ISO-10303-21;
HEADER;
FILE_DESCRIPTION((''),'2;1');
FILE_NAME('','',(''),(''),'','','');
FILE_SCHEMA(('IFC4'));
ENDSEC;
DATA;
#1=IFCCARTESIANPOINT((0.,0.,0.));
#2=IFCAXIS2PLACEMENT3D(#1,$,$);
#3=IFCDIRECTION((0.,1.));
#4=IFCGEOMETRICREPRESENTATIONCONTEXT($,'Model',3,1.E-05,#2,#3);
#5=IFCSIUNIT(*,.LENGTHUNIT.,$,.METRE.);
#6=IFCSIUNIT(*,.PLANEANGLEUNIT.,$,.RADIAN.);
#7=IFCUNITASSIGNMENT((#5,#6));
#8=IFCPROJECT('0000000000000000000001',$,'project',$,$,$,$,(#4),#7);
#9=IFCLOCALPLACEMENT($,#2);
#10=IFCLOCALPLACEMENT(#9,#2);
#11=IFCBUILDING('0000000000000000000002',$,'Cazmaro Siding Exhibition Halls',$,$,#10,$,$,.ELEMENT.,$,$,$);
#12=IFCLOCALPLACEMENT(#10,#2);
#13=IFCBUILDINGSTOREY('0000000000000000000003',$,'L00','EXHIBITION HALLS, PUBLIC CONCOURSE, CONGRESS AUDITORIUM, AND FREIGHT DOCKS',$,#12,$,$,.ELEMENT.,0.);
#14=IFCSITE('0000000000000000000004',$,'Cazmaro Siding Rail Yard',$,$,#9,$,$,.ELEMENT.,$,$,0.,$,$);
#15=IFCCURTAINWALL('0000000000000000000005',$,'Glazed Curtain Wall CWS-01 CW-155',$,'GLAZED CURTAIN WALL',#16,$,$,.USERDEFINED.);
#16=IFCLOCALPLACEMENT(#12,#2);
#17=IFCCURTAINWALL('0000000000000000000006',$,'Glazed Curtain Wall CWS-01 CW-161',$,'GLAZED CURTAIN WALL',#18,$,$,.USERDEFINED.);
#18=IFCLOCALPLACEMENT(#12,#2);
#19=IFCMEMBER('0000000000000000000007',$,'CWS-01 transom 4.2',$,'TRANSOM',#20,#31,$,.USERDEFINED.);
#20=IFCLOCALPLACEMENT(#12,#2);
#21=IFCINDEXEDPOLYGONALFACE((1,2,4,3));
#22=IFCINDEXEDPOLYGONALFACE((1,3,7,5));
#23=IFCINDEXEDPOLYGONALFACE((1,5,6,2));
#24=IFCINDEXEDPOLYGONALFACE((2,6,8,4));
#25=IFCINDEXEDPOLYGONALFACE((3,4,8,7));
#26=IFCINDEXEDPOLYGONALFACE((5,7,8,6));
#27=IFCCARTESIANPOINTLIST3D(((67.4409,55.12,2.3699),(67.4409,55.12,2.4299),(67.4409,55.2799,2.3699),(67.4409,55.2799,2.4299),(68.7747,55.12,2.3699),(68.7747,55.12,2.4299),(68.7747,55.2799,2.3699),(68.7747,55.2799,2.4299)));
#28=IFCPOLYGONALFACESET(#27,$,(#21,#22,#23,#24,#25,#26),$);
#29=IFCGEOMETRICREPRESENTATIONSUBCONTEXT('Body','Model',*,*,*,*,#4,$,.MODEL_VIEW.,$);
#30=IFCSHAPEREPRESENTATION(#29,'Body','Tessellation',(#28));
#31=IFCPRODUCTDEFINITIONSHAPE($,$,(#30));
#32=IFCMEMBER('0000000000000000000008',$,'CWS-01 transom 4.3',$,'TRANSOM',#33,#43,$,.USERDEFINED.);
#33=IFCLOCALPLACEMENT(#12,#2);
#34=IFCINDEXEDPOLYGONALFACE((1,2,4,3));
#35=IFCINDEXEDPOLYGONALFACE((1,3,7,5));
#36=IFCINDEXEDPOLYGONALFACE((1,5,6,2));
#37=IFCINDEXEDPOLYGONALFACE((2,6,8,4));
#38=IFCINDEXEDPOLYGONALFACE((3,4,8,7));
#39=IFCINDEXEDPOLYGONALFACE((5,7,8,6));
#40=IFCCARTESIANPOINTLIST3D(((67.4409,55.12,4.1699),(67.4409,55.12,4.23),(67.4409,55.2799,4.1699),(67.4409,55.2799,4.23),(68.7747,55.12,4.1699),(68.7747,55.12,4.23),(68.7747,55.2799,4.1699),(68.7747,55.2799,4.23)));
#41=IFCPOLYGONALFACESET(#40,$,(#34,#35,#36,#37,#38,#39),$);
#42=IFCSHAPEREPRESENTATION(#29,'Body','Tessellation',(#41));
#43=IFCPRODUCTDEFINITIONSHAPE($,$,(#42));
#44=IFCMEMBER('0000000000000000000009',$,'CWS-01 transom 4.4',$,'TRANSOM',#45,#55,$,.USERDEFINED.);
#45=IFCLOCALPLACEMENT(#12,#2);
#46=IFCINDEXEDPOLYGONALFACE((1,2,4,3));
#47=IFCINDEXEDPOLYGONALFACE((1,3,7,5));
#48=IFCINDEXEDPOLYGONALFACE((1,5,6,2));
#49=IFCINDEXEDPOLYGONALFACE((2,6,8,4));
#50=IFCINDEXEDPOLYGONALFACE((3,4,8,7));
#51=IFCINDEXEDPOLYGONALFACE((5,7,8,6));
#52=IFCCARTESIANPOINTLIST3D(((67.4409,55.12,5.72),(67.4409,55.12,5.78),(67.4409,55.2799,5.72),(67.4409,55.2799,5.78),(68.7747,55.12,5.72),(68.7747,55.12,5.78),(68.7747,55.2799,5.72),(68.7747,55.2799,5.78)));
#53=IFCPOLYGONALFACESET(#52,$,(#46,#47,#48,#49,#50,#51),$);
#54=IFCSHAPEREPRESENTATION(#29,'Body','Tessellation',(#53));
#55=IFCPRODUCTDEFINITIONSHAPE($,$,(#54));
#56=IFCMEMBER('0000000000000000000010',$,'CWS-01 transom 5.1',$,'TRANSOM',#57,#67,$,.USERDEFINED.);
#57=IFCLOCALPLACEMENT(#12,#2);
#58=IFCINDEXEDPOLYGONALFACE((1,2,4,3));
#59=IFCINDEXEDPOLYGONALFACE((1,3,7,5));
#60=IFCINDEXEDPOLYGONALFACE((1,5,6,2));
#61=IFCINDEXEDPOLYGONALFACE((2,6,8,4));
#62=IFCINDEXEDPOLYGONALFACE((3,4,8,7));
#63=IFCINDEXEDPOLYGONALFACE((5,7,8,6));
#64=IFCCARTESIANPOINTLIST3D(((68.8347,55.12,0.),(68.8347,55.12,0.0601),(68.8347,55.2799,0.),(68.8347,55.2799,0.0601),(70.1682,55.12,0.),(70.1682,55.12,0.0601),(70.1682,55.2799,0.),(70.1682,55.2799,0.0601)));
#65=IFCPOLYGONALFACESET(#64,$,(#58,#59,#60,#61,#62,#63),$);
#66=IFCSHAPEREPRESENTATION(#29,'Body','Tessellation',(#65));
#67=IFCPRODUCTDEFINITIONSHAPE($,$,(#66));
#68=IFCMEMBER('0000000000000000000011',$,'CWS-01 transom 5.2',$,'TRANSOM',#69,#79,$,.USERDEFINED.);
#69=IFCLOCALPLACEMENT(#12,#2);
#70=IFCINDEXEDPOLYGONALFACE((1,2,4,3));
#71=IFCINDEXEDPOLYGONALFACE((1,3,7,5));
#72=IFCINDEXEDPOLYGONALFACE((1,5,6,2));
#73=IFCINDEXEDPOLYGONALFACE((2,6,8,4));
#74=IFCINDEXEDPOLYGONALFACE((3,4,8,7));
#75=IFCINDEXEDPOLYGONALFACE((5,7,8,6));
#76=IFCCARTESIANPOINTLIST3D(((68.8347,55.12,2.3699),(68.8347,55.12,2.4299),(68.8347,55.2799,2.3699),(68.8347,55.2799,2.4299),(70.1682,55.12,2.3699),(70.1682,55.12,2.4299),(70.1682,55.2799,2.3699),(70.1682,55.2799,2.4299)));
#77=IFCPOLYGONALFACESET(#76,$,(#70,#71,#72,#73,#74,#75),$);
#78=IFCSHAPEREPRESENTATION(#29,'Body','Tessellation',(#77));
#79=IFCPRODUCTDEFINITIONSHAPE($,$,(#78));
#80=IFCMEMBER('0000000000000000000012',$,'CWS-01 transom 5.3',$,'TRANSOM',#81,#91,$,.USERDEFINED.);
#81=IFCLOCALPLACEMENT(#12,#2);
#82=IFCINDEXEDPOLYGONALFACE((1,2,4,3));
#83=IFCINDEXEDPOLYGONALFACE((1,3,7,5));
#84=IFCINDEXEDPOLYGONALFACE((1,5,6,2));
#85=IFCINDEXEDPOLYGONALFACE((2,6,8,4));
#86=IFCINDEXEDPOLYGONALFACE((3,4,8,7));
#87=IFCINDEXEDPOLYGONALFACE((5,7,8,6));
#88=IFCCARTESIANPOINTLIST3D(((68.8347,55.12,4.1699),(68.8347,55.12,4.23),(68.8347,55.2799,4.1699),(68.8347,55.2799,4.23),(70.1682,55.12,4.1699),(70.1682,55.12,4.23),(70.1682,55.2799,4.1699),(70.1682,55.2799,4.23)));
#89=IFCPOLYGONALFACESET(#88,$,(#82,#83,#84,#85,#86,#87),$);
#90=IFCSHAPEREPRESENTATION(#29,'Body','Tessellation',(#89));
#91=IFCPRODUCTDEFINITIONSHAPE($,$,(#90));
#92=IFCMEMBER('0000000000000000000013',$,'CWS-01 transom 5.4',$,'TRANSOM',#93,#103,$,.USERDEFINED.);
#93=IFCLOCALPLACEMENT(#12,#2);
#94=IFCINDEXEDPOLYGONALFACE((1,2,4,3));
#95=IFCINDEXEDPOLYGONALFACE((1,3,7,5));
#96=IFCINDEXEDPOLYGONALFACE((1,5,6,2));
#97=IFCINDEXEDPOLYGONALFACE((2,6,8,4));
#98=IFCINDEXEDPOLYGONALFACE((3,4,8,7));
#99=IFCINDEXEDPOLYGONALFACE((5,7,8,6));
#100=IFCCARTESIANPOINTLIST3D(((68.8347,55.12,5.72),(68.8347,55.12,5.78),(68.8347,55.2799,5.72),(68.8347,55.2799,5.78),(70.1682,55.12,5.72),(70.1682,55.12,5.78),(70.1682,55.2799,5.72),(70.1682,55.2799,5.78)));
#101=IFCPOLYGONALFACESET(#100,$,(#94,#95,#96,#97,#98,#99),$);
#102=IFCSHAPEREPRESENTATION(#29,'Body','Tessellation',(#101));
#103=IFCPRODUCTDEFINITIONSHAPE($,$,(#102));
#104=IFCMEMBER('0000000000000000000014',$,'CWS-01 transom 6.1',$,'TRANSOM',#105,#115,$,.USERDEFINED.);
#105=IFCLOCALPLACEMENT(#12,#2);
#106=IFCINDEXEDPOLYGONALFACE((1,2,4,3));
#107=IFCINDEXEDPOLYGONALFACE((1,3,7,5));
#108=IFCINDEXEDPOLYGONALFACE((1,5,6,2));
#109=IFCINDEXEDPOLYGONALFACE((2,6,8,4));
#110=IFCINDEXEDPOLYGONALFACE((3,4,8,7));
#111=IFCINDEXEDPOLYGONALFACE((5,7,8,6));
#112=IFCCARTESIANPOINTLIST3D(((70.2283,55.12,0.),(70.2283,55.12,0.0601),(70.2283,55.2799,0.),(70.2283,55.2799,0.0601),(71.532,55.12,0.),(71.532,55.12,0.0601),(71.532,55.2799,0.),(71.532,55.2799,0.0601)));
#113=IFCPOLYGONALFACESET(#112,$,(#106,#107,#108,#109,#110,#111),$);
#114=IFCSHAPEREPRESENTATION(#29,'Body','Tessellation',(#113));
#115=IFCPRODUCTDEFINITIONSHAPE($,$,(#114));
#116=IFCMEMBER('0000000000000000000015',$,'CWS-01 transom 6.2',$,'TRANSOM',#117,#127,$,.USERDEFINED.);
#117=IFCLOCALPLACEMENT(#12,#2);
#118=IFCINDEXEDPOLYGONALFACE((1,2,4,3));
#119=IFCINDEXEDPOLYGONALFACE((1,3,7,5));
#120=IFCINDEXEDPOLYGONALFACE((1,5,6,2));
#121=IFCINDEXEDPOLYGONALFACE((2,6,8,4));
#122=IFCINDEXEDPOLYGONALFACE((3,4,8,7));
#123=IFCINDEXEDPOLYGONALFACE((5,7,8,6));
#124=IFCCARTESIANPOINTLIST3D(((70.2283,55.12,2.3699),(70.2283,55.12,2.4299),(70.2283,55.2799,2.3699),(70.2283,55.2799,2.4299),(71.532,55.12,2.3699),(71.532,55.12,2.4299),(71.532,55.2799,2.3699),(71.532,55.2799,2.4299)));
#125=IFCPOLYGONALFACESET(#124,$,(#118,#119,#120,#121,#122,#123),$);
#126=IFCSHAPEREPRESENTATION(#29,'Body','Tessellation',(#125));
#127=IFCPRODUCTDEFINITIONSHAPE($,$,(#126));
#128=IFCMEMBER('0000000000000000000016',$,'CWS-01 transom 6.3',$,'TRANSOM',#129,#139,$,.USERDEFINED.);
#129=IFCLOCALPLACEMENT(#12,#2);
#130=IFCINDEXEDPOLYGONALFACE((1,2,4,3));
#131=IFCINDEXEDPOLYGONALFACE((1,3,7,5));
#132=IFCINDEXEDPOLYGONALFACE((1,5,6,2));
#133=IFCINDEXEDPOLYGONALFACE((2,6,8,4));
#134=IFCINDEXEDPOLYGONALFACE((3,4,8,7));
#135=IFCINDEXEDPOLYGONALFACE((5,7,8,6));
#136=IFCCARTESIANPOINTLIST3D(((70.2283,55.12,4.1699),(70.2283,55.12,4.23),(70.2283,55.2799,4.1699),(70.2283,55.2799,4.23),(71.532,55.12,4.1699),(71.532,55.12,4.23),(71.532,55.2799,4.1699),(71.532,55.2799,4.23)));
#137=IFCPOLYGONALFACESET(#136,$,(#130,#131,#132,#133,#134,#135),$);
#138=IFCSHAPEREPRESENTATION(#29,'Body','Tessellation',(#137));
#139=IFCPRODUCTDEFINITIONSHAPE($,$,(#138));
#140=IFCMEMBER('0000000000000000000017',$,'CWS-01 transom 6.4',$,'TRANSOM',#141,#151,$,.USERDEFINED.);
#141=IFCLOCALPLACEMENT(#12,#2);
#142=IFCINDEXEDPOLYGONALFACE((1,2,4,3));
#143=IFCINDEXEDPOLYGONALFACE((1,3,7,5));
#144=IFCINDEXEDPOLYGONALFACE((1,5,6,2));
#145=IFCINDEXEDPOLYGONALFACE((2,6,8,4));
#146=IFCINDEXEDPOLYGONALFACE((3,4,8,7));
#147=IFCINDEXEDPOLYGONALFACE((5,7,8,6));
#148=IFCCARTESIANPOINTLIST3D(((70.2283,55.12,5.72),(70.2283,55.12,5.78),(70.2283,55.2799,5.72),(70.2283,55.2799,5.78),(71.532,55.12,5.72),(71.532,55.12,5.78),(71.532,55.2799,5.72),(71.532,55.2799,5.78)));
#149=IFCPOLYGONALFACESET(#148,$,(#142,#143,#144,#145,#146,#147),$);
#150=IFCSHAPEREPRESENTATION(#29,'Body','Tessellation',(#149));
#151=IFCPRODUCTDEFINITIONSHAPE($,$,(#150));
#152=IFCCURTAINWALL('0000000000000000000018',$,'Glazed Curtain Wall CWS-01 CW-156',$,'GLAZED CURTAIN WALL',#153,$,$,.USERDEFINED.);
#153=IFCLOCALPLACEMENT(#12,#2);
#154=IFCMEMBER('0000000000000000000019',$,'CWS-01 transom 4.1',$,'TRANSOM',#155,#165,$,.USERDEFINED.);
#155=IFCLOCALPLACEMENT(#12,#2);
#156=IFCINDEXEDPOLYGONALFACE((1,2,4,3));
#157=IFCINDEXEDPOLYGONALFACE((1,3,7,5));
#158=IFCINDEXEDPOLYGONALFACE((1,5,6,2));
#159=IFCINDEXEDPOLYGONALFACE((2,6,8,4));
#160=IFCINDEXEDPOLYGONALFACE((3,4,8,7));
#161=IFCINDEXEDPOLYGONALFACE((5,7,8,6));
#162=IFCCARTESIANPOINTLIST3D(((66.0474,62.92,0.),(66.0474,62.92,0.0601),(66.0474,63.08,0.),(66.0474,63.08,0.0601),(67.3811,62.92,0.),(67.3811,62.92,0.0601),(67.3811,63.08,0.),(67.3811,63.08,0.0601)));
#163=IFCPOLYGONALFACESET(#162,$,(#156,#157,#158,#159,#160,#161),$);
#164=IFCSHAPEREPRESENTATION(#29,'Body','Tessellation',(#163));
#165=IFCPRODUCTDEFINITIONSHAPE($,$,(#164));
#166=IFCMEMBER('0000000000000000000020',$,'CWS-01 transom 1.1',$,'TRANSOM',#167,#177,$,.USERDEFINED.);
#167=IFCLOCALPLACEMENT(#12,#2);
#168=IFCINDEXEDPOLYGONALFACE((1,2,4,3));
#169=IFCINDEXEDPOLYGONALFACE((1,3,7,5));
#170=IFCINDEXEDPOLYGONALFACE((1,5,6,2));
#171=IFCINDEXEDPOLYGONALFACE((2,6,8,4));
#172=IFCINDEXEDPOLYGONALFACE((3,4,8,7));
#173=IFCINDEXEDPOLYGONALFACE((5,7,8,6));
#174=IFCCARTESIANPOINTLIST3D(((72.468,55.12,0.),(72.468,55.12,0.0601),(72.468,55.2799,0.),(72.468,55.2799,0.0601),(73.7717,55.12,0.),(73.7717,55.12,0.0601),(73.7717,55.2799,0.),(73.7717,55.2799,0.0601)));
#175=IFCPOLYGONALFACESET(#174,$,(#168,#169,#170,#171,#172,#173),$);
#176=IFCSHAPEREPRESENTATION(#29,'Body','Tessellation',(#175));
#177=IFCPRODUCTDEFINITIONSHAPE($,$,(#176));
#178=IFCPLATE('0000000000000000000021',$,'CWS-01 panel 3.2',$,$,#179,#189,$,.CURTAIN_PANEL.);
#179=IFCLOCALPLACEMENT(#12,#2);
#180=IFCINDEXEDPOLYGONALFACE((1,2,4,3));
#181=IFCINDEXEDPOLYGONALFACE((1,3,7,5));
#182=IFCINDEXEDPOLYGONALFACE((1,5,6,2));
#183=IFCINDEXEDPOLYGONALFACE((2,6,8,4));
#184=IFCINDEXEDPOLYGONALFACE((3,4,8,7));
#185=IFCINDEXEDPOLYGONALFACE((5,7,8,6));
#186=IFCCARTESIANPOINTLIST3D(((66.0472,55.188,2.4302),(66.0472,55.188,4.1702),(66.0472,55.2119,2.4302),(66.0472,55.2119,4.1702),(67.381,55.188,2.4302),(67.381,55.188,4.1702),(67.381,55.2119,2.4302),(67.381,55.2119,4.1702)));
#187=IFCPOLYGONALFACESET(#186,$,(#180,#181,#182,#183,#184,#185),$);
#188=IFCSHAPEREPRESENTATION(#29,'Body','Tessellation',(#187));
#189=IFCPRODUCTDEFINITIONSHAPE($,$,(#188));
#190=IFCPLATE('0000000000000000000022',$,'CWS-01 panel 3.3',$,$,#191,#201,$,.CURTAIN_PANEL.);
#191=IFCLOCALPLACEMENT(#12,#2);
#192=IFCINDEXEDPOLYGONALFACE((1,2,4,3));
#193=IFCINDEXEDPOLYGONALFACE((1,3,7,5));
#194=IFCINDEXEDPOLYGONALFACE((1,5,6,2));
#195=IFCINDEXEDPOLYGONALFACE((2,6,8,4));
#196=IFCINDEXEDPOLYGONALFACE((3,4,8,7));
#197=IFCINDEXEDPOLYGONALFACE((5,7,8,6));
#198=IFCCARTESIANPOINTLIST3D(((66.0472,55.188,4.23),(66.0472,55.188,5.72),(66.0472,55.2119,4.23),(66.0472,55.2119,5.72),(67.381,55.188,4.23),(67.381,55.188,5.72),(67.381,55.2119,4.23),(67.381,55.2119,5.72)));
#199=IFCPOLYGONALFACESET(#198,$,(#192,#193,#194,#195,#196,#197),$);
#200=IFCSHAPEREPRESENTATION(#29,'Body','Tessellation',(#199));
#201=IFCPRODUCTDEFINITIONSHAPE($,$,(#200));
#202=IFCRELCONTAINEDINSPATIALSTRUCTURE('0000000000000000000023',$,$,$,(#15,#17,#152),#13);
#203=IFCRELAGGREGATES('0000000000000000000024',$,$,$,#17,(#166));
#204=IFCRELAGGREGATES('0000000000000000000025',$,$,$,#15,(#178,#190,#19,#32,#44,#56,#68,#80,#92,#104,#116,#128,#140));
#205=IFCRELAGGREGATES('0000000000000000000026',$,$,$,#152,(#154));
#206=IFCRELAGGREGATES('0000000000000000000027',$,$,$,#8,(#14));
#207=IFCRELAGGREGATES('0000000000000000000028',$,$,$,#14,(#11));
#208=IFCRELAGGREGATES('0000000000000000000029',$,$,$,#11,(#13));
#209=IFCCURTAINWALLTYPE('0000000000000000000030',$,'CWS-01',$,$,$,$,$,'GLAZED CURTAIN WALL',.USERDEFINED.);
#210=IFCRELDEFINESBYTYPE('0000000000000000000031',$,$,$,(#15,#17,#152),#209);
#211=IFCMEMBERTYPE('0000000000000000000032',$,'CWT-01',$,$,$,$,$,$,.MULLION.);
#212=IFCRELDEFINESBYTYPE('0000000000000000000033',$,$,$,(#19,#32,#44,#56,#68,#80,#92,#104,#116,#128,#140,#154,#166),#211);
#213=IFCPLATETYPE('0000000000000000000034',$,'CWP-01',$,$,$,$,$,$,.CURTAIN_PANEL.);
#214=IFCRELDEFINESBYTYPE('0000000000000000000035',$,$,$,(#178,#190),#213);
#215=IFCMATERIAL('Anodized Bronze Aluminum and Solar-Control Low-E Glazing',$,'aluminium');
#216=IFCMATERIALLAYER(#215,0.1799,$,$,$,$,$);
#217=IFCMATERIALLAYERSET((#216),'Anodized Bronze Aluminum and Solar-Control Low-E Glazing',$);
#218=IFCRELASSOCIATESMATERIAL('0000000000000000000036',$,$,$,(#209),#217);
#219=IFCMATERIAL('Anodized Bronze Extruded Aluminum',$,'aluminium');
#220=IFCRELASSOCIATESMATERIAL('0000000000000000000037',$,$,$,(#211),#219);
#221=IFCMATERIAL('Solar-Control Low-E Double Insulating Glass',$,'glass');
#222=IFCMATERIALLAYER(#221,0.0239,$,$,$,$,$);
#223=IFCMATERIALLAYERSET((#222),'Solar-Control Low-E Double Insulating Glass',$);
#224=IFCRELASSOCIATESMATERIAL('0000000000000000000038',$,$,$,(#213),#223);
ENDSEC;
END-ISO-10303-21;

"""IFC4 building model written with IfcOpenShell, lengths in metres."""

from ifc_helpers import new_model, si_unit, direction, frame, origin, origin_2d, place, context, subcontext, project, spatial, rectangle, extrude, material, layer, layer_set, material_profile, profile_set, type_object, element, aggregate, save


model = new_model("IFC4")

# Units and contexts
model_context = context("Model", 3, precision=1e-05, world=origin(), true_north=direction((0.0, 1.0)))
body_context = subcontext(model_context, "Body", "Model", "MODEL_VIEW")
ifc_project = project(units=[si_unit("LENGTHUNIT", "METRE"), si_unit("PLANEANGLEUNIT", "RADIAN")], contexts=[model_context])

# Site, building, storey
site_placement = place(None, origin())
site = spatial("IfcSite", under=ifc_project, at=site_placement, Name="Cazmaro Siding Rail Yard", CompositionType="ELEMENT", RefElevation=0.0)
building_placement = place(site_placement, origin())
building = spatial("IfcBuilding", under=site, at=building_placement, Name="Cazmaro Siding Exhibition Halls", CompositionType="ELEMENT")
storey_placement = place(building_placement, origin())
storey = spatial("IfcBuildingStorey", under=building, at=storey_placement, Name="L00", Description="EXHIBITION HALLS, PUBLIC CONCOURSE, CONGRESS AUDITORIUM, AND FREIGHT DOCKS", CompositionType="ELEMENT", Elevation=0.0)

# Curtain wall
ifc_material_1 = material(Name="Anodized Bronze Aluminum and Solar-Control Low-E Glazing", Category="aluminium")
ifc_layer_1 = layer(ifc_material_1, 0.1799)
ifc_layer_set_1 = layer_set([ifc_layer_1], Name="Anodized Bronze Aluminum and Solar-Control Low-E Glazing")
curtain_wall_type = type_object("IfcCurtainWallType", Name="CWS-01", ElementType="GLAZED CURTAIN WALL", PredefinedType="USERDEFINED", material=ifc_layer_set_1)
curtain_wall_1_placement = place(storey_placement, origin())
curtain_wall_1 = element("IfcCurtainWall", 1, at=curtain_wall_1_placement, inside=storey, type_object=curtain_wall_type, Name="Glazed Curtain Wall CWS-01 CW-155", ObjectType="GLAZED CURTAIN WALL", PredefinedType="USERDEFINED")

# Curtain wall
curtain_wall_2_placement = place(storey_placement, origin())
curtain_wall_2 = element("IfcCurtainWall", 2, at=curtain_wall_2_placement, inside=storey, type_object=curtain_wall_type, Name="Glazed Curtain Wall CWS-01 CW-161", ObjectType="GLAZED CURTAIN WALL", PredefinedType="USERDEFINED")

# Members
ifc_material_2 = material(Name="Anodized Bronze Extruded Aluminum", Category="aluminium")
ifc_material_profile_1 = material_profile(ifc_material_2, rectangle(XDim=0.1599, YDim=0.0601, at=origin_2d()), Name="CWT-01")
ifc_profile_set_1 = profile_set([ifc_material_profile_1], Name="Anodized Bronze Extruded Aluminum")
member_type_1 = type_object("IfcMemberType", Name="CWT-01", PredefinedType="MULLION", material=ifc_profile_set_1)
member_1_placement = place(storey_placement, frame((67.4409, 55.2, 2.3999), z_axis=(1.0, 0.0, 0.0), x_axis=(0.0, 1.0, 0.0)))
member_1 = element("IfcMember", 3, at=member_1_placement, type_object=member_type_1, Name="CWS-01 transom 4.2", ObjectType="TRANSOM", PredefinedType="USERDEFINED", context=body_context, shape_type="SweptSolid", body=[
    extrude(rectangle(XDim=0.1599, YDim=0.0601, at=origin_2d()), origin(), (0.0, 0.0, 1.0), 1.3337),
])
member_2_placement = place(storey_placement, frame((67.4409, 55.2, 4.2), z_axis=(1.0, 0.0, 0.0), x_axis=(0.0, 1.0, 0.0)))
member_2 = element("IfcMember", 4, at=member_2_placement, type_object=member_type_1, Name="CWS-01 transom 4.3", ObjectType="TRANSOM", PredefinedType="USERDEFINED", context=body_context, shape_type="SweptSolid", body=[
    extrude(rectangle(XDim=0.1599, YDim=0.0601, at=origin_2d()), origin(), (0.0, 0.0, 1.0), 1.3337),
])
member_3_placement = place(storey_placement, frame((67.4409, 55.2, 5.75), z_axis=(1.0, 0.0, 0.0), x_axis=(0.0, 1.0, 0.0)))
member_3 = element("IfcMember", 5, at=member_3_placement, type_object=member_type_1, Name="CWS-01 transom 4.4", ObjectType="TRANSOM", PredefinedType="USERDEFINED", context=body_context, shape_type="SweptSolid", body=[
    extrude(rectangle(XDim=0.1599, YDim=0.0601, at=origin_2d()), origin(), (0.0, 0.0, 1.0), 1.3337),
])
member_4_placement = place(storey_placement, frame((68.8347, 55.2, 0.03), z_axis=(1.0, 0.0, 0.0), x_axis=(0.0, 1.0, 0.0)))
member_4 = element("IfcMember", 6, at=member_4_placement, type_object=member_type_1, Name="CWS-01 transom 5.1", ObjectType="TRANSOM", PredefinedType="USERDEFINED", context=body_context, shape_type="SweptSolid", body=[
    extrude(rectangle(XDim=0.1599, YDim=0.0601, at=origin_2d()), origin(), (0.0, 0.0, 1.0), 1.3335),
])
member_5_placement = place(storey_placement, frame((68.8347, 55.2, 2.3999), z_axis=(1.0, 0.0, 0.0), x_axis=(0.0, 1.0, 0.0)))
member_5 = element("IfcMember", 7, at=member_5_placement, type_object=member_type_1, Name="CWS-01 transom 5.2", ObjectType="TRANSOM", PredefinedType="USERDEFINED", context=body_context, shape_type="SweptSolid", body=[
    extrude(rectangle(XDim=0.1599, YDim=0.0601, at=origin_2d()), origin(), (0.0, 0.0, 1.0), 1.3335),
])
member_6_placement = place(storey_placement, frame((68.8347, 55.2, 4.2), z_axis=(1.0, 0.0, 0.0), x_axis=(0.0, 1.0, 0.0)))
member_6 = element("IfcMember", 8, at=member_6_placement, type_object=member_type_1, Name="CWS-01 transom 5.3", ObjectType="TRANSOM", PredefinedType="USERDEFINED", context=body_context, shape_type="SweptSolid", body=[
    extrude(rectangle(XDim=0.1599, YDim=0.0601, at=origin_2d()), origin(), (0.0, 0.0, 1.0), 1.3335),
])
member_7_placement = place(storey_placement, frame((68.8347, 55.2, 5.75), z_axis=(1.0, 0.0, 0.0), x_axis=(0.0, 1.0, 0.0)))
member_7 = element("IfcMember", 9, at=member_7_placement, type_object=member_type_1, Name="CWS-01 transom 5.4", ObjectType="TRANSOM", PredefinedType="USERDEFINED", context=body_context, shape_type="SweptSolid", body=[
    extrude(rectangle(XDim=0.1599, YDim=0.0601, at=origin_2d()), origin(), (0.0, 0.0, 1.0), 1.3335),
])
member_8_placement = place(storey_placement, frame((70.2283, 55.2, 0.03), z_axis=(1.0, 0.0, 0.0), x_axis=(0.0, 1.0, 0.0)))
member_8 = element("IfcMember", 10, at=member_8_placement, type_object=member_type_1, Name="CWS-01 transom 6.1", ObjectType="TRANSOM", PredefinedType="USERDEFINED", context=body_context, shape_type="SweptSolid", body=[
    extrude(rectangle(XDim=0.1599, YDim=0.0601, at=origin_2d()), origin(), (0.0, 0.0, 1.0), 1.3037),
])
member_9_placement = place(storey_placement, frame((70.2283, 55.2, 2.3999), z_axis=(1.0, 0.0, 0.0), x_axis=(0.0, 1.0, 0.0)))
member_9 = element("IfcMember", 11, at=member_9_placement, type_object=member_type_1, Name="CWS-01 transom 6.2", ObjectType="TRANSOM", PredefinedType="USERDEFINED", context=body_context, shape_type="SweptSolid", body=[
    extrude(rectangle(XDim=0.1599, YDim=0.0601, at=origin_2d()), origin(), (0.0, 0.0, 1.0), 1.3037),
])
member_10_placement = place(storey_placement, frame((70.2283, 55.2, 4.2), z_axis=(1.0, 0.0, 0.0), x_axis=(0.0, 1.0, 0.0)))
member_10 = element("IfcMember", 12, at=member_10_placement, type_object=member_type_1, Name="CWS-01 transom 6.3", ObjectType="TRANSOM", PredefinedType="USERDEFINED", context=body_context, shape_type="SweptSolid", body=[
    extrude(rectangle(XDim=0.1599, YDim=0.0601, at=origin_2d()), origin(), (0.0, 0.0, 1.0), 1.3037),
])
member_11_placement = place(storey_placement, frame((70.2283, 55.2, 5.75), z_axis=(1.0, 0.0, 0.0), x_axis=(0.0, 1.0, 0.0)))
member_11 = element("IfcMember", 13, at=member_11_placement, type_object=member_type_1, Name="CWS-01 transom 6.4", ObjectType="TRANSOM", PredefinedType="USERDEFINED", context=body_context, shape_type="SweptSolid", body=[
    extrude(rectangle(XDim=0.1599, YDim=0.0601, at=origin_2d()), origin(), (0.0, 0.0, 1.0), 1.3037),
])

# Curtain wall, member
curtain_wall_3_placement = place(storey_placement, origin())
curtain_wall_3 = element("IfcCurtainWall", 14, at=curtain_wall_3_placement, inside=storey, type_object=curtain_wall_type, Name="Glazed Curtain Wall CWS-01 CW-156", ObjectType="GLAZED CURTAIN WALL", PredefinedType="USERDEFINED")
member_12_placement = place(storey_placement, frame((67.3811, 63.0, 0.03), z_axis=(-1.0, 0.0, 0.0), x_axis=(0.0, -1.0, 0.0)))
member_12 = element("IfcMember", 15, at=member_12_placement, type_object=member_type_1, Name="CWS-01 transom 4.1", ObjectType="TRANSOM", PredefinedType="USERDEFINED", context=body_context, shape_type="SweptSolid", body=[
    extrude(rectangle(XDim=0.1599, YDim=0.0601, at=origin_2d()), origin(), (0.0, 0.0, 1.0), 1.3337),
])

# Member
member_13_placement = place(storey_placement, frame((72.468, 55.2, 0.03), z_axis=(1.0, 0.0, 0.0), x_axis=(0.0, 1.0, 0.0)))
member_13 = element("IfcMember", 16, at=member_13_placement, type_object=member_type_1, Name="CWS-01 transom 1.1", ObjectType="TRANSOM", PredefinedType="USERDEFINED", context=body_context, shape_type="SweptSolid", body=[
    extrude(rectangle(XDim=0.1599, YDim=0.0601, at=origin_2d()), origin(), (0.0, 0.0, 1.0), 1.3037),
])
aggregate(curtain_wall_2, [member_13])

# Plates
ifc_material_3 = material(Name="Solar-Control Low-E Double Insulating Glass", Category="glass")
ifc_layer_2 = layer(ifc_material_3, 0.0239)
ifc_layer_set_2 = layer_set([ifc_layer_2], Name="Solar-Control Low-E Double Insulating Glass")
plate_type = type_object("IfcPlateType", Name="CWP-01", PredefinedType="CURTAIN_PANEL", material=ifc_layer_set_2)
plate_1_placement = place(storey_placement, frame((66.7141, 55.2, 2.4302), z_axis=(0.0, 0.0, 1.0), x_axis=(1.0, 0.0, 0.0)))
plate_1 = element("IfcPlate", 17, at=plate_1_placement, type_object=plate_type, Name="CWS-01 panel 3.2", PredefinedType="CURTAIN_PANEL", context=body_context, shape_type="SweptSolid", body=[
    extrude(rectangle(XDim=1.3337, YDim=0.0239, at=origin_2d()), origin(), (0.0, 0.0, 1.0), 1.74),
])
plate_2_placement = place(storey_placement, frame((66.7141, 55.2, 4.23), z_axis=(0.0, 0.0, 1.0), x_axis=(1.0, 0.0, 0.0)))
plate_2 = element("IfcPlate", 18, at=plate_2_placement, type_object=plate_type, Name="CWS-01 panel 3.3", PredefinedType="CURTAIN_PANEL", context=body_context, shape_type="SweptSolid", body=[
    extrude(rectangle(XDim=1.3337, YDim=0.0239, at=origin_2d()), origin(), (0.0, 0.0, 1.0), 1.49),
])
aggregate(curtain_wall_1, [plate_1, plate_2, member_1, member_2, member_3, member_4, member_5, member_6, member_7, member_8, member_9, member_10, member_11])
aggregate(curtain_wall_3, [member_12])

save(model, "model.ifc")
